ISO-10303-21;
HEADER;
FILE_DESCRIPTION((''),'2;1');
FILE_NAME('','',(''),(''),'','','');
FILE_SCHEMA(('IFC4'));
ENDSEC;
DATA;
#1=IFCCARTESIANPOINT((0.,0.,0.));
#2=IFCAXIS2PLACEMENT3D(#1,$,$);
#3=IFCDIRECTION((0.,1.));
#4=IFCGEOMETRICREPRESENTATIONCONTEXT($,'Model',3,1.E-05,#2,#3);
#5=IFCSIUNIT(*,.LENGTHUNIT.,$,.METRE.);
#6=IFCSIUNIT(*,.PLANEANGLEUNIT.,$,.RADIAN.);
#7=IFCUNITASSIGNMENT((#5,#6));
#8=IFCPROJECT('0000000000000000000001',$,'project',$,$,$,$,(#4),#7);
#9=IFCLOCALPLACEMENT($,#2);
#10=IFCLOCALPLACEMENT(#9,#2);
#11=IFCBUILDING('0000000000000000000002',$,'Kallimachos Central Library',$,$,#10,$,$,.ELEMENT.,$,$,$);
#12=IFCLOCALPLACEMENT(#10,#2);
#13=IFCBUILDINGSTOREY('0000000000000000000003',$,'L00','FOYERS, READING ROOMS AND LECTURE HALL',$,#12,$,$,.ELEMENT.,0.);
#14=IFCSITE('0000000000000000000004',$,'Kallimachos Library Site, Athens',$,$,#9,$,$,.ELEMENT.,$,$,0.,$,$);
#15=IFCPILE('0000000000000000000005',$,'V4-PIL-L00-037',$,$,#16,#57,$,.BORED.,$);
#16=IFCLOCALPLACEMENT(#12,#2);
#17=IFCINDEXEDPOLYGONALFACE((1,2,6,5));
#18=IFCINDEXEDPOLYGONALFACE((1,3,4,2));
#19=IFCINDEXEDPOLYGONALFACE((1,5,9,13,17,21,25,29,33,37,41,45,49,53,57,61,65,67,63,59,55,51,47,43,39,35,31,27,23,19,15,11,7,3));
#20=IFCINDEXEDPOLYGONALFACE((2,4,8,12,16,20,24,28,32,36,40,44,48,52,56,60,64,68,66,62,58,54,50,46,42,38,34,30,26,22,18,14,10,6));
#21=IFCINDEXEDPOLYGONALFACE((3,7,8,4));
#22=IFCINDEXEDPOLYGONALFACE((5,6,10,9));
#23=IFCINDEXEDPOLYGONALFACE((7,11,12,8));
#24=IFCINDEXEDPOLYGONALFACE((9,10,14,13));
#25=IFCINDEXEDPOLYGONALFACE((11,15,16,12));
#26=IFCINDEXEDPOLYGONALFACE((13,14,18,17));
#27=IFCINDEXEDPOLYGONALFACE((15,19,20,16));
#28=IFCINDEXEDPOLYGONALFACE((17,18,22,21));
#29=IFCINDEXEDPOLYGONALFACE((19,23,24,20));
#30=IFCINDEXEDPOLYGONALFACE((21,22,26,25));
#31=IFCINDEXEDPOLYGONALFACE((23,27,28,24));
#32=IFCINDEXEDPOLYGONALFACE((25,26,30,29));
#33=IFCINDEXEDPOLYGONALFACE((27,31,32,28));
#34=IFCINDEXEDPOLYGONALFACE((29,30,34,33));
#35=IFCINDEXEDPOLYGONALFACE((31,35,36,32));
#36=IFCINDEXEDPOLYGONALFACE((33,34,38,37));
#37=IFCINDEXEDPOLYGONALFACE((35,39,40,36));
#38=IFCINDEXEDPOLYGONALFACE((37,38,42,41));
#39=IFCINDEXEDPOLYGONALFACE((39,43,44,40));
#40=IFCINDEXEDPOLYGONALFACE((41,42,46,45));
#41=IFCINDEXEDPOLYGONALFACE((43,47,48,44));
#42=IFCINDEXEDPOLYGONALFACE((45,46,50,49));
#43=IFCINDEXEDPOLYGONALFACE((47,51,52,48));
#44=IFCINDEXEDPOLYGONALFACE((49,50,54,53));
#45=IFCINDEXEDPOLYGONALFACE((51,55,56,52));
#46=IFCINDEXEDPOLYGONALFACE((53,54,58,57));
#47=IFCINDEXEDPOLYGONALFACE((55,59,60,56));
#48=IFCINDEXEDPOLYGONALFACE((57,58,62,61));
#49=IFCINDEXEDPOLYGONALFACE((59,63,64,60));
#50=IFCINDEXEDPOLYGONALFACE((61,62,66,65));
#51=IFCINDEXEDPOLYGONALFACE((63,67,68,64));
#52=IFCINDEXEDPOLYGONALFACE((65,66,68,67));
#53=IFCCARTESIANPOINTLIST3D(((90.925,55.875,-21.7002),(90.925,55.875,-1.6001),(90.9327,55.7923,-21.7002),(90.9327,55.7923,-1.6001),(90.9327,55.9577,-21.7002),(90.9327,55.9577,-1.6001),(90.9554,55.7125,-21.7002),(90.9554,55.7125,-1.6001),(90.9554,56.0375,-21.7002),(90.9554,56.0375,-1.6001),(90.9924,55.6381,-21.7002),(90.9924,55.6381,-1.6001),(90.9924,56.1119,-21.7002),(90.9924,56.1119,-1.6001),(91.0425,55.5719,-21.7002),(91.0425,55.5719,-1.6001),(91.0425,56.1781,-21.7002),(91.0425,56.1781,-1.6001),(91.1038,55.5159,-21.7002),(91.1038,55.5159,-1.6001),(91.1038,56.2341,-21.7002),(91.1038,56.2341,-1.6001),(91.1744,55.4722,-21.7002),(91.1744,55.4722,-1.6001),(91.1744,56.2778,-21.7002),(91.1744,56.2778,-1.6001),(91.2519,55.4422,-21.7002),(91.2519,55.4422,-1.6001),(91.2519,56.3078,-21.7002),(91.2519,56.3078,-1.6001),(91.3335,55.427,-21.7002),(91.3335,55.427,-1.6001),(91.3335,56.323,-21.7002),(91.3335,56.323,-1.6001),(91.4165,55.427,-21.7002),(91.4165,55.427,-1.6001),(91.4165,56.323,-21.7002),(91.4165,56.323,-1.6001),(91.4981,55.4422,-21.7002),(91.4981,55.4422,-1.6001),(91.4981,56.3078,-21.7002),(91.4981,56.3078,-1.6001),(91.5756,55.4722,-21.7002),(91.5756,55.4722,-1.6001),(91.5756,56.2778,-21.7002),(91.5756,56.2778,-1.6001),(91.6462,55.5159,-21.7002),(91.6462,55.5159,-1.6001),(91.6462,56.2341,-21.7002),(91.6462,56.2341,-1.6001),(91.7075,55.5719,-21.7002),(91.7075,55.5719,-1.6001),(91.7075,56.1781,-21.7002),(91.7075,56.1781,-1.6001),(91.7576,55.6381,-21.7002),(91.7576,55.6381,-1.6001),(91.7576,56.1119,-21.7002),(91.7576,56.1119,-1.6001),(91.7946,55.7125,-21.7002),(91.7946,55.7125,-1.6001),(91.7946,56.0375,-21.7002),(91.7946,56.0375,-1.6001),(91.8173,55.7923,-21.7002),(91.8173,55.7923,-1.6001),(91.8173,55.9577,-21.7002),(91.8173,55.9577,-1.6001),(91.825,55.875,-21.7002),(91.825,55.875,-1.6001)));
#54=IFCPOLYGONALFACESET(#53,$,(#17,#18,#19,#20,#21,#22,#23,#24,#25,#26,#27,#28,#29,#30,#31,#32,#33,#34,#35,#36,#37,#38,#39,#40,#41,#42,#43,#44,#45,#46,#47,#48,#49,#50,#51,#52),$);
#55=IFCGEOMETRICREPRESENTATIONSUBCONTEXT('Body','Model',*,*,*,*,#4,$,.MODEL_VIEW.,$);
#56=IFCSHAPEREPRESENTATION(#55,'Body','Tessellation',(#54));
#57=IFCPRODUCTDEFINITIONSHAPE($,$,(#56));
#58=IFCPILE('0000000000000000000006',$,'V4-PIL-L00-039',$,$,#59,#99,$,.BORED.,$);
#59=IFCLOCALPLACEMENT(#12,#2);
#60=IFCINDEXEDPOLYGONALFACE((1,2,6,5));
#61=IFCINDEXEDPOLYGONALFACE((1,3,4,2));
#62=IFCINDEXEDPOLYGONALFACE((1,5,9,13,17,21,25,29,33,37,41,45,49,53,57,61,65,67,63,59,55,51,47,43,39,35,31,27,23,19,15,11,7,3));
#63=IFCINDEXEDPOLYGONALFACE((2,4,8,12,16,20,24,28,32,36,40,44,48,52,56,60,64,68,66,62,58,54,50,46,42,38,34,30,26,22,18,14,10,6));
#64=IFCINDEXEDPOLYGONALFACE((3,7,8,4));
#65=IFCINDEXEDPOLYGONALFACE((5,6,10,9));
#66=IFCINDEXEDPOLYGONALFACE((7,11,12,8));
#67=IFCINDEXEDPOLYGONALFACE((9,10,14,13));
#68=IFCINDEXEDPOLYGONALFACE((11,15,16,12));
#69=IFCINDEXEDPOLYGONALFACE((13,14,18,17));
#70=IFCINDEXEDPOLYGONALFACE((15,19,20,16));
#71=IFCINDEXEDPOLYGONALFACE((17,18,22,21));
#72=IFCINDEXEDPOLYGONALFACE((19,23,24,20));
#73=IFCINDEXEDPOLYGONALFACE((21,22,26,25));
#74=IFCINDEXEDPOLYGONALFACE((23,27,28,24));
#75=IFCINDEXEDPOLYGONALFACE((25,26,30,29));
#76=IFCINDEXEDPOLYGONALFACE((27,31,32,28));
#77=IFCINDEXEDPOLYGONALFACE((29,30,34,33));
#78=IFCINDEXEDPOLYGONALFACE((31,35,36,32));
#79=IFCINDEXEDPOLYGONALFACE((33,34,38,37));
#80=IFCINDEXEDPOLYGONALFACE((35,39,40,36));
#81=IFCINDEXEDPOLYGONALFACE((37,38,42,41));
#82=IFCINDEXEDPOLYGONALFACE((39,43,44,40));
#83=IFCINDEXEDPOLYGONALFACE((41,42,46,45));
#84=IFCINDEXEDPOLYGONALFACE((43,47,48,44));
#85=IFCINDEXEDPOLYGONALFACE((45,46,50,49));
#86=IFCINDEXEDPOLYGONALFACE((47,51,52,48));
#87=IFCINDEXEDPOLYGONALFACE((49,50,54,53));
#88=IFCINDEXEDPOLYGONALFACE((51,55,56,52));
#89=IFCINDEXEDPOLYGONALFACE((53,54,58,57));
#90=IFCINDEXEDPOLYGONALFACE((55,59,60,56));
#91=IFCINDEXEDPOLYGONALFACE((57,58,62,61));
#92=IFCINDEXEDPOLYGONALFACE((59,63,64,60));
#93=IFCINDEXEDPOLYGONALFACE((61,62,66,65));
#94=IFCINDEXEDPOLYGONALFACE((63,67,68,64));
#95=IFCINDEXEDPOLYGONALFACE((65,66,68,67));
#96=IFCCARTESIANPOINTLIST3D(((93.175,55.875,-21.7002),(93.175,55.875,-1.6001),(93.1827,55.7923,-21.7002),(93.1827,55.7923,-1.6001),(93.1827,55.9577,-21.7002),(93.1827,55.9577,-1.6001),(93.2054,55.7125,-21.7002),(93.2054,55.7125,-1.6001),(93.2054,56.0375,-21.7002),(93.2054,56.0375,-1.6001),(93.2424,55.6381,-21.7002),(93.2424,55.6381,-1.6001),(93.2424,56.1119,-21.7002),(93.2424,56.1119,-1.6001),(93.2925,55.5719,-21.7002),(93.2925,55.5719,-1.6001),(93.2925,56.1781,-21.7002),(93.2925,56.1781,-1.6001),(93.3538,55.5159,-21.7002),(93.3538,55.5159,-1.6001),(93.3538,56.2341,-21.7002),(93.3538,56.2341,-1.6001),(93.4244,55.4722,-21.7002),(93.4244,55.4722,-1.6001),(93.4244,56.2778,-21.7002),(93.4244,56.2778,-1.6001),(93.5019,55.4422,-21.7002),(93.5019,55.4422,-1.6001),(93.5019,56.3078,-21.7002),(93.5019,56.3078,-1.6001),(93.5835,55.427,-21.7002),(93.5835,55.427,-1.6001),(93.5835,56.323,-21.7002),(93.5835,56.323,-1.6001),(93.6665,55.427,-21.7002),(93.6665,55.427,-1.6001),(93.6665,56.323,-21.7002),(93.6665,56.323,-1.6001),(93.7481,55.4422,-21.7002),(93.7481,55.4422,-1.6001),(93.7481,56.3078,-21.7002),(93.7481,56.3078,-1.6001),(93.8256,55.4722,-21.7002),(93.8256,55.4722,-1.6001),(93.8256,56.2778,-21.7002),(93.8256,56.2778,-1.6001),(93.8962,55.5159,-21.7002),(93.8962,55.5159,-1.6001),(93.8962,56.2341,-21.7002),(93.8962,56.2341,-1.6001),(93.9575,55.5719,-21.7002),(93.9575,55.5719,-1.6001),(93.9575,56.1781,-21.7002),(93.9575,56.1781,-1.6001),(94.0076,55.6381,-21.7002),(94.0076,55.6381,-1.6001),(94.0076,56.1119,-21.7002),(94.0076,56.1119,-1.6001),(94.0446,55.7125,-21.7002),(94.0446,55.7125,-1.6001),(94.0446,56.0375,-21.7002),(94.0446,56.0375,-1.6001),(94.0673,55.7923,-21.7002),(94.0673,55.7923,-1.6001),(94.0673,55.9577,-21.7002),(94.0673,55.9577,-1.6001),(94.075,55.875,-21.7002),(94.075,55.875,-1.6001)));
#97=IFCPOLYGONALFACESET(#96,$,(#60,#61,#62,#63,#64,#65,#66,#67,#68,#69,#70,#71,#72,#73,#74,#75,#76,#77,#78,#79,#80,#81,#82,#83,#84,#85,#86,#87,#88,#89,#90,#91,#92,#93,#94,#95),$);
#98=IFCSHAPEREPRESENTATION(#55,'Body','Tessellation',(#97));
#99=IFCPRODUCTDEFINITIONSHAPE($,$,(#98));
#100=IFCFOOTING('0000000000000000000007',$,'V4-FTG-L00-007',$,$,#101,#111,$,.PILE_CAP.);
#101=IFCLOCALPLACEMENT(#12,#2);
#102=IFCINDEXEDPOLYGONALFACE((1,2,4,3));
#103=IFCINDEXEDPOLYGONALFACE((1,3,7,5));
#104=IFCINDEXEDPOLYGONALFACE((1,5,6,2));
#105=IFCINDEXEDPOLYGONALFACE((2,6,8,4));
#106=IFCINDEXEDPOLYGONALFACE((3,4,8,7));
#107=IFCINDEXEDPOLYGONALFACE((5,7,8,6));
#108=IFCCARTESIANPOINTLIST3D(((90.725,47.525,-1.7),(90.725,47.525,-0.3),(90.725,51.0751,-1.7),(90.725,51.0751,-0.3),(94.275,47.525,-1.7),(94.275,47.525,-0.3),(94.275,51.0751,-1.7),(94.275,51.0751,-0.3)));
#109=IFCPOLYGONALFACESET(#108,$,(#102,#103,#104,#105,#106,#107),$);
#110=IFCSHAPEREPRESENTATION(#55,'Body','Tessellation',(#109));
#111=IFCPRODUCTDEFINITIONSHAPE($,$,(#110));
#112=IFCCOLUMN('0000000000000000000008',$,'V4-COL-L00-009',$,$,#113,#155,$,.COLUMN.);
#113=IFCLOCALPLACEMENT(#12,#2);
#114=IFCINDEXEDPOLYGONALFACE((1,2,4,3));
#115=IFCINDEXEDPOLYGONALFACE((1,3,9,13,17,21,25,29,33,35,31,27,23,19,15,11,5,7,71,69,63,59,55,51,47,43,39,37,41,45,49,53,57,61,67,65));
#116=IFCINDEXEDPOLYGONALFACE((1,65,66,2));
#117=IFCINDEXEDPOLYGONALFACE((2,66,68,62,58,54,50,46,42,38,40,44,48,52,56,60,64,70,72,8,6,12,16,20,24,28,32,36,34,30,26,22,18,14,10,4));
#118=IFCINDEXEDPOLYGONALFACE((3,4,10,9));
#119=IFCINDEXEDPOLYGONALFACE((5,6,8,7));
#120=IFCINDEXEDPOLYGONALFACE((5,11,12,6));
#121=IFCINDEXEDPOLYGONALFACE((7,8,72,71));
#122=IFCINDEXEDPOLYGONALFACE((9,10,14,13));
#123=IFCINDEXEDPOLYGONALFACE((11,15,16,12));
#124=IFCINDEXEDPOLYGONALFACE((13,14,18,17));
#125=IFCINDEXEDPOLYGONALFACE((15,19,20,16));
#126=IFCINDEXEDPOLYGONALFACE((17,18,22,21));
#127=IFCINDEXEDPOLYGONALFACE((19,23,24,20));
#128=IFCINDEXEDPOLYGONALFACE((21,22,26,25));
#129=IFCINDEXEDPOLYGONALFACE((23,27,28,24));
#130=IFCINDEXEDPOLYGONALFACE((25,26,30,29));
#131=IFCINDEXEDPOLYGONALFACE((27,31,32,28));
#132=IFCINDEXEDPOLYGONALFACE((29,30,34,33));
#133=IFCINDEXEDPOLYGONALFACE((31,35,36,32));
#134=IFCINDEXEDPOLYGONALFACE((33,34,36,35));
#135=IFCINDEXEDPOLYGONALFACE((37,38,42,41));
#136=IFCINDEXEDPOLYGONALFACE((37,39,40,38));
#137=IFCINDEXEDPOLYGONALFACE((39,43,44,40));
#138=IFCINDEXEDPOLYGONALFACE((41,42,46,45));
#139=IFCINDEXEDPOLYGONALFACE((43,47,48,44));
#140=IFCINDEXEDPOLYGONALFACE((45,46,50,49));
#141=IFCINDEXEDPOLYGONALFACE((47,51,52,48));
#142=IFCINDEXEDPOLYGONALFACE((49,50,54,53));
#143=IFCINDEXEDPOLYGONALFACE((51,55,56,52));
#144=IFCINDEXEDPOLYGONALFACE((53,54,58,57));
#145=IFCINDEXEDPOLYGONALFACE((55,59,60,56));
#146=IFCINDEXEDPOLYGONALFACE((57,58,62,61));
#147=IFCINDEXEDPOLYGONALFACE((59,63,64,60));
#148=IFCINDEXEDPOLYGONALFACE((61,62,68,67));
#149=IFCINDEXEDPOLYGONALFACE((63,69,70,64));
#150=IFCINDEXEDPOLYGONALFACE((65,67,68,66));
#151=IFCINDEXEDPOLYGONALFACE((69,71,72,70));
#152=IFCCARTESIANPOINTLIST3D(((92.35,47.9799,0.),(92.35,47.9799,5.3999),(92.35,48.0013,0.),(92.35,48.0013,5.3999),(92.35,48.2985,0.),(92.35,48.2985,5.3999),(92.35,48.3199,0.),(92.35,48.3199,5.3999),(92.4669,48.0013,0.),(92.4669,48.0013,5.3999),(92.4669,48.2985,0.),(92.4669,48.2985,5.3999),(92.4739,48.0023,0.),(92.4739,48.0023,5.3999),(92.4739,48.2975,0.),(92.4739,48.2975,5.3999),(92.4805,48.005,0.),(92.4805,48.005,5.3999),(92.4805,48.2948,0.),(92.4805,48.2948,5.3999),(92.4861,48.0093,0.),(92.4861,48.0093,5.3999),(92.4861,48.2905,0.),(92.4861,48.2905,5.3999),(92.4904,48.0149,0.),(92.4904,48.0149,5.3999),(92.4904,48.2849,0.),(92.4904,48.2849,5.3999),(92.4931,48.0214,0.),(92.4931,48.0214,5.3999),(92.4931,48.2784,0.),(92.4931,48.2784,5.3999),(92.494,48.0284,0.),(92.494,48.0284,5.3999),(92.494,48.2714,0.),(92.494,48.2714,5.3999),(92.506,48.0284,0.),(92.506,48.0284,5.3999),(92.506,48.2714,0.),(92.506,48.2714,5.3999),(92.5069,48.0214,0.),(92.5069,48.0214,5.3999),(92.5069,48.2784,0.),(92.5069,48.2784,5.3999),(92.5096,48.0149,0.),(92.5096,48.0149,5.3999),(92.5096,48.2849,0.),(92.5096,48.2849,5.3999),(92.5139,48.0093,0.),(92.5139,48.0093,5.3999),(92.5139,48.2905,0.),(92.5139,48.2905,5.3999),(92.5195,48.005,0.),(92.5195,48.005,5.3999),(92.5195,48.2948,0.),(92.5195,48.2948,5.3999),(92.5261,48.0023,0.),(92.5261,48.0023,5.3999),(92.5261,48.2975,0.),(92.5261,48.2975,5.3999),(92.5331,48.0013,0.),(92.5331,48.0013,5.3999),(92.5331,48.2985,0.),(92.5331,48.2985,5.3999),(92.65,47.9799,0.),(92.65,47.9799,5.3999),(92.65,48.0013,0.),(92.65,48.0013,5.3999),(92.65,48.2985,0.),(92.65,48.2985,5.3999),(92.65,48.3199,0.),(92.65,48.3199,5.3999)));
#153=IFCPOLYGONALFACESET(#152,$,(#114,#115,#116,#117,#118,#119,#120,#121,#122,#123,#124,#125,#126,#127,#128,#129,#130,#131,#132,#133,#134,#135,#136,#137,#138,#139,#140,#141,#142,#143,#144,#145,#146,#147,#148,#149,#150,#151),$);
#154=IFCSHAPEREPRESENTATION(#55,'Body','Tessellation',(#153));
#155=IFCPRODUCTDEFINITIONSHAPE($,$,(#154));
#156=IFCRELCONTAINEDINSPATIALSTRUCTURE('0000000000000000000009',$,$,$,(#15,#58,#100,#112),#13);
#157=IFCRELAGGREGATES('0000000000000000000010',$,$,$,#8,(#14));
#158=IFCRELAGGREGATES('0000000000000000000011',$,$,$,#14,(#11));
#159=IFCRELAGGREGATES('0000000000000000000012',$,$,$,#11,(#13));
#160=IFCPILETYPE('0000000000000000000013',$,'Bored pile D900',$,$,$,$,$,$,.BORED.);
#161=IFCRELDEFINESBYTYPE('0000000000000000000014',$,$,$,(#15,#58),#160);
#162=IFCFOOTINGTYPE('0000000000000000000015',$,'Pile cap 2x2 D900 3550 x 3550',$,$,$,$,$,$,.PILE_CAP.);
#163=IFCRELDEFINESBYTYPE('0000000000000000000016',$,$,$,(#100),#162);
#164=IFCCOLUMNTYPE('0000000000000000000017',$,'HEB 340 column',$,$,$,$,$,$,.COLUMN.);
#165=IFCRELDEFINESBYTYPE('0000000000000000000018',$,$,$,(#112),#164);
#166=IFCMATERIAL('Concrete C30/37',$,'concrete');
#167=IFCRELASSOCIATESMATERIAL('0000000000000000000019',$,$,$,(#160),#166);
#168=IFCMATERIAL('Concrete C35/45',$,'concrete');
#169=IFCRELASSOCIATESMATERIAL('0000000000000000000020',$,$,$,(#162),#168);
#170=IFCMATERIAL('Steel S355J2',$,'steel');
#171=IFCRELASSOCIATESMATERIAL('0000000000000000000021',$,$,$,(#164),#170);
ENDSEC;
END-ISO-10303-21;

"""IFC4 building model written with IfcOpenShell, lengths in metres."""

from ifc_helpers import new_model, si_unit, direction, frame, origin, origin_2d, place, context, subcontext, project, spatial, rectangle, circle, i_section, extrude, material, material_profile, profile_set, type_object, element, save


model = new_model("IFC4")

# Units and contexts
model_context = context("Model", 3, precision=1e-05, world=origin(), true_north=direction((0.0, 1.0)))
body_context = subcontext(model_context, "Body", "Model", "MODEL_VIEW")
ifc_project = project(units=[si_unit("LENGTHUNIT", "METRE"), si_unit("PLANEANGLEUNIT", "RADIAN")], contexts=[model_context])

# Site, building, storey
site_placement = place(None, origin())
site = spatial("IfcSite", under=ifc_project, at=site_placement, Name="Kallimachos Library Site, Athens", CompositionType="ELEMENT", RefElevation=0.0)
building_placement = place(site_placement, origin())
building = spatial("IfcBuilding", under=site, at=building_placement, Name="Kallimachos Central Library", CompositionType="ELEMENT")
storey_placement = place(building_placement, origin())
storey = spatial("IfcBuildingStorey", under=building, at=storey_placement, Name="L00", Description="FOYERS, READING ROOMS AND LECTURE HALL", CompositionType="ELEMENT", Elevation=0.0)

# Piles
ifc_material_1 = material(Name="Concrete C30/37", Category="concrete")
pile_type = type_object("IfcPileType", Name="Bored pile D900", PredefinedType="BORED", material=ifc_material_1)
for number, where, z_axis, x_axis, name in (
    (1, (91.375, 55.875, -1.6001), (0.0, 0.0, -1.0), (1.0, 0.0, 0.0), "V4-PIL-L00-037"),
    (2, (93.625, 55.875, -1.6001), (0.0, 0.0, -1.0), (1.0, 0.0, 0.0), "V4-PIL-L00-039"),
):
    element("IfcPile", number, at=place(storey_placement, frame(where, z_axis=z_axis, x_axis=x_axis)), inside=storey, type_object=pile_type, Name=name, PredefinedType="BORED", context=body_context, shape_type="SweptSolid", body=[
        extrude(circle(Radius=0.45, at=origin_2d()), origin(), (0.0, 0.0, 1.0), 20.1001),
    ])

# Footing
ifc_material_2 = material(Name="Concrete C35/45", Category="concrete")
footing_type = type_object("IfcFootingType", Name="Pile cap 2x2 D900 3550 x 3550", PredefinedType="PILE_CAP", material=ifc_material_2)
footing_placement = place(storey_placement, frame((92.5, 49.3, -1.7), z_axis=(0.0, 0.0, 1.0), x_axis=(1.0, 0.0, 0.0)))
element("IfcFooting", 3, at=footing_placement, inside=storey, type_object=footing_type, Name="V4-FTG-L00-007", PredefinedType="PILE_CAP", context=body_context, shape_type="SweptSolid", body=[
    extrude(rectangle(XDim=3.55, YDim=3.55, at=origin_2d()), origin(), (0.0, 0.0, 1.0), 1.3999),
])

# Column
ifc_material_3 = material(Name="Steel S355J2", Category="steel")
ifc_material_profile_1 = material_profile(ifc_material_3, i_section(OverallWidth=0.3, OverallDepth=0.3401, WebThickness=0.012, FlangeThickness=0.0215, FilletRadius=0.0271, at=origin_2d()), Name="HEB 340")
ifc_profile_set_1 = profile_set([ifc_material_profile_1], Name="Steel S355J2")
column_type = type_object("IfcColumnType", Name="HEB 340 column", PredefinedType="COLUMN", material=ifc_profile_set_1)
column_placement = place(storey_placement, frame((92.5, 48.1499, 0.0), z_axis=(0.0, 0.0, 1.0), x_axis=(1.0, 0.0, 0.0)))
element("IfcColumn", 4, at=column_placement, inside=storey, type_object=column_type, Name="V4-COL-L00-009", PredefinedType="COLUMN", context=body_context, shape_type="SweptSolid", body=[
    extrude(i_section(OverallWidth=0.3, OverallDepth=0.3401, WebThickness=0.012, FlangeThickness=0.0215, FilletRadius=0.0271, at=origin_2d()), origin(), (0.0, 0.0, 1.0), 5.3999),
])

save(model, "model.ifc")
